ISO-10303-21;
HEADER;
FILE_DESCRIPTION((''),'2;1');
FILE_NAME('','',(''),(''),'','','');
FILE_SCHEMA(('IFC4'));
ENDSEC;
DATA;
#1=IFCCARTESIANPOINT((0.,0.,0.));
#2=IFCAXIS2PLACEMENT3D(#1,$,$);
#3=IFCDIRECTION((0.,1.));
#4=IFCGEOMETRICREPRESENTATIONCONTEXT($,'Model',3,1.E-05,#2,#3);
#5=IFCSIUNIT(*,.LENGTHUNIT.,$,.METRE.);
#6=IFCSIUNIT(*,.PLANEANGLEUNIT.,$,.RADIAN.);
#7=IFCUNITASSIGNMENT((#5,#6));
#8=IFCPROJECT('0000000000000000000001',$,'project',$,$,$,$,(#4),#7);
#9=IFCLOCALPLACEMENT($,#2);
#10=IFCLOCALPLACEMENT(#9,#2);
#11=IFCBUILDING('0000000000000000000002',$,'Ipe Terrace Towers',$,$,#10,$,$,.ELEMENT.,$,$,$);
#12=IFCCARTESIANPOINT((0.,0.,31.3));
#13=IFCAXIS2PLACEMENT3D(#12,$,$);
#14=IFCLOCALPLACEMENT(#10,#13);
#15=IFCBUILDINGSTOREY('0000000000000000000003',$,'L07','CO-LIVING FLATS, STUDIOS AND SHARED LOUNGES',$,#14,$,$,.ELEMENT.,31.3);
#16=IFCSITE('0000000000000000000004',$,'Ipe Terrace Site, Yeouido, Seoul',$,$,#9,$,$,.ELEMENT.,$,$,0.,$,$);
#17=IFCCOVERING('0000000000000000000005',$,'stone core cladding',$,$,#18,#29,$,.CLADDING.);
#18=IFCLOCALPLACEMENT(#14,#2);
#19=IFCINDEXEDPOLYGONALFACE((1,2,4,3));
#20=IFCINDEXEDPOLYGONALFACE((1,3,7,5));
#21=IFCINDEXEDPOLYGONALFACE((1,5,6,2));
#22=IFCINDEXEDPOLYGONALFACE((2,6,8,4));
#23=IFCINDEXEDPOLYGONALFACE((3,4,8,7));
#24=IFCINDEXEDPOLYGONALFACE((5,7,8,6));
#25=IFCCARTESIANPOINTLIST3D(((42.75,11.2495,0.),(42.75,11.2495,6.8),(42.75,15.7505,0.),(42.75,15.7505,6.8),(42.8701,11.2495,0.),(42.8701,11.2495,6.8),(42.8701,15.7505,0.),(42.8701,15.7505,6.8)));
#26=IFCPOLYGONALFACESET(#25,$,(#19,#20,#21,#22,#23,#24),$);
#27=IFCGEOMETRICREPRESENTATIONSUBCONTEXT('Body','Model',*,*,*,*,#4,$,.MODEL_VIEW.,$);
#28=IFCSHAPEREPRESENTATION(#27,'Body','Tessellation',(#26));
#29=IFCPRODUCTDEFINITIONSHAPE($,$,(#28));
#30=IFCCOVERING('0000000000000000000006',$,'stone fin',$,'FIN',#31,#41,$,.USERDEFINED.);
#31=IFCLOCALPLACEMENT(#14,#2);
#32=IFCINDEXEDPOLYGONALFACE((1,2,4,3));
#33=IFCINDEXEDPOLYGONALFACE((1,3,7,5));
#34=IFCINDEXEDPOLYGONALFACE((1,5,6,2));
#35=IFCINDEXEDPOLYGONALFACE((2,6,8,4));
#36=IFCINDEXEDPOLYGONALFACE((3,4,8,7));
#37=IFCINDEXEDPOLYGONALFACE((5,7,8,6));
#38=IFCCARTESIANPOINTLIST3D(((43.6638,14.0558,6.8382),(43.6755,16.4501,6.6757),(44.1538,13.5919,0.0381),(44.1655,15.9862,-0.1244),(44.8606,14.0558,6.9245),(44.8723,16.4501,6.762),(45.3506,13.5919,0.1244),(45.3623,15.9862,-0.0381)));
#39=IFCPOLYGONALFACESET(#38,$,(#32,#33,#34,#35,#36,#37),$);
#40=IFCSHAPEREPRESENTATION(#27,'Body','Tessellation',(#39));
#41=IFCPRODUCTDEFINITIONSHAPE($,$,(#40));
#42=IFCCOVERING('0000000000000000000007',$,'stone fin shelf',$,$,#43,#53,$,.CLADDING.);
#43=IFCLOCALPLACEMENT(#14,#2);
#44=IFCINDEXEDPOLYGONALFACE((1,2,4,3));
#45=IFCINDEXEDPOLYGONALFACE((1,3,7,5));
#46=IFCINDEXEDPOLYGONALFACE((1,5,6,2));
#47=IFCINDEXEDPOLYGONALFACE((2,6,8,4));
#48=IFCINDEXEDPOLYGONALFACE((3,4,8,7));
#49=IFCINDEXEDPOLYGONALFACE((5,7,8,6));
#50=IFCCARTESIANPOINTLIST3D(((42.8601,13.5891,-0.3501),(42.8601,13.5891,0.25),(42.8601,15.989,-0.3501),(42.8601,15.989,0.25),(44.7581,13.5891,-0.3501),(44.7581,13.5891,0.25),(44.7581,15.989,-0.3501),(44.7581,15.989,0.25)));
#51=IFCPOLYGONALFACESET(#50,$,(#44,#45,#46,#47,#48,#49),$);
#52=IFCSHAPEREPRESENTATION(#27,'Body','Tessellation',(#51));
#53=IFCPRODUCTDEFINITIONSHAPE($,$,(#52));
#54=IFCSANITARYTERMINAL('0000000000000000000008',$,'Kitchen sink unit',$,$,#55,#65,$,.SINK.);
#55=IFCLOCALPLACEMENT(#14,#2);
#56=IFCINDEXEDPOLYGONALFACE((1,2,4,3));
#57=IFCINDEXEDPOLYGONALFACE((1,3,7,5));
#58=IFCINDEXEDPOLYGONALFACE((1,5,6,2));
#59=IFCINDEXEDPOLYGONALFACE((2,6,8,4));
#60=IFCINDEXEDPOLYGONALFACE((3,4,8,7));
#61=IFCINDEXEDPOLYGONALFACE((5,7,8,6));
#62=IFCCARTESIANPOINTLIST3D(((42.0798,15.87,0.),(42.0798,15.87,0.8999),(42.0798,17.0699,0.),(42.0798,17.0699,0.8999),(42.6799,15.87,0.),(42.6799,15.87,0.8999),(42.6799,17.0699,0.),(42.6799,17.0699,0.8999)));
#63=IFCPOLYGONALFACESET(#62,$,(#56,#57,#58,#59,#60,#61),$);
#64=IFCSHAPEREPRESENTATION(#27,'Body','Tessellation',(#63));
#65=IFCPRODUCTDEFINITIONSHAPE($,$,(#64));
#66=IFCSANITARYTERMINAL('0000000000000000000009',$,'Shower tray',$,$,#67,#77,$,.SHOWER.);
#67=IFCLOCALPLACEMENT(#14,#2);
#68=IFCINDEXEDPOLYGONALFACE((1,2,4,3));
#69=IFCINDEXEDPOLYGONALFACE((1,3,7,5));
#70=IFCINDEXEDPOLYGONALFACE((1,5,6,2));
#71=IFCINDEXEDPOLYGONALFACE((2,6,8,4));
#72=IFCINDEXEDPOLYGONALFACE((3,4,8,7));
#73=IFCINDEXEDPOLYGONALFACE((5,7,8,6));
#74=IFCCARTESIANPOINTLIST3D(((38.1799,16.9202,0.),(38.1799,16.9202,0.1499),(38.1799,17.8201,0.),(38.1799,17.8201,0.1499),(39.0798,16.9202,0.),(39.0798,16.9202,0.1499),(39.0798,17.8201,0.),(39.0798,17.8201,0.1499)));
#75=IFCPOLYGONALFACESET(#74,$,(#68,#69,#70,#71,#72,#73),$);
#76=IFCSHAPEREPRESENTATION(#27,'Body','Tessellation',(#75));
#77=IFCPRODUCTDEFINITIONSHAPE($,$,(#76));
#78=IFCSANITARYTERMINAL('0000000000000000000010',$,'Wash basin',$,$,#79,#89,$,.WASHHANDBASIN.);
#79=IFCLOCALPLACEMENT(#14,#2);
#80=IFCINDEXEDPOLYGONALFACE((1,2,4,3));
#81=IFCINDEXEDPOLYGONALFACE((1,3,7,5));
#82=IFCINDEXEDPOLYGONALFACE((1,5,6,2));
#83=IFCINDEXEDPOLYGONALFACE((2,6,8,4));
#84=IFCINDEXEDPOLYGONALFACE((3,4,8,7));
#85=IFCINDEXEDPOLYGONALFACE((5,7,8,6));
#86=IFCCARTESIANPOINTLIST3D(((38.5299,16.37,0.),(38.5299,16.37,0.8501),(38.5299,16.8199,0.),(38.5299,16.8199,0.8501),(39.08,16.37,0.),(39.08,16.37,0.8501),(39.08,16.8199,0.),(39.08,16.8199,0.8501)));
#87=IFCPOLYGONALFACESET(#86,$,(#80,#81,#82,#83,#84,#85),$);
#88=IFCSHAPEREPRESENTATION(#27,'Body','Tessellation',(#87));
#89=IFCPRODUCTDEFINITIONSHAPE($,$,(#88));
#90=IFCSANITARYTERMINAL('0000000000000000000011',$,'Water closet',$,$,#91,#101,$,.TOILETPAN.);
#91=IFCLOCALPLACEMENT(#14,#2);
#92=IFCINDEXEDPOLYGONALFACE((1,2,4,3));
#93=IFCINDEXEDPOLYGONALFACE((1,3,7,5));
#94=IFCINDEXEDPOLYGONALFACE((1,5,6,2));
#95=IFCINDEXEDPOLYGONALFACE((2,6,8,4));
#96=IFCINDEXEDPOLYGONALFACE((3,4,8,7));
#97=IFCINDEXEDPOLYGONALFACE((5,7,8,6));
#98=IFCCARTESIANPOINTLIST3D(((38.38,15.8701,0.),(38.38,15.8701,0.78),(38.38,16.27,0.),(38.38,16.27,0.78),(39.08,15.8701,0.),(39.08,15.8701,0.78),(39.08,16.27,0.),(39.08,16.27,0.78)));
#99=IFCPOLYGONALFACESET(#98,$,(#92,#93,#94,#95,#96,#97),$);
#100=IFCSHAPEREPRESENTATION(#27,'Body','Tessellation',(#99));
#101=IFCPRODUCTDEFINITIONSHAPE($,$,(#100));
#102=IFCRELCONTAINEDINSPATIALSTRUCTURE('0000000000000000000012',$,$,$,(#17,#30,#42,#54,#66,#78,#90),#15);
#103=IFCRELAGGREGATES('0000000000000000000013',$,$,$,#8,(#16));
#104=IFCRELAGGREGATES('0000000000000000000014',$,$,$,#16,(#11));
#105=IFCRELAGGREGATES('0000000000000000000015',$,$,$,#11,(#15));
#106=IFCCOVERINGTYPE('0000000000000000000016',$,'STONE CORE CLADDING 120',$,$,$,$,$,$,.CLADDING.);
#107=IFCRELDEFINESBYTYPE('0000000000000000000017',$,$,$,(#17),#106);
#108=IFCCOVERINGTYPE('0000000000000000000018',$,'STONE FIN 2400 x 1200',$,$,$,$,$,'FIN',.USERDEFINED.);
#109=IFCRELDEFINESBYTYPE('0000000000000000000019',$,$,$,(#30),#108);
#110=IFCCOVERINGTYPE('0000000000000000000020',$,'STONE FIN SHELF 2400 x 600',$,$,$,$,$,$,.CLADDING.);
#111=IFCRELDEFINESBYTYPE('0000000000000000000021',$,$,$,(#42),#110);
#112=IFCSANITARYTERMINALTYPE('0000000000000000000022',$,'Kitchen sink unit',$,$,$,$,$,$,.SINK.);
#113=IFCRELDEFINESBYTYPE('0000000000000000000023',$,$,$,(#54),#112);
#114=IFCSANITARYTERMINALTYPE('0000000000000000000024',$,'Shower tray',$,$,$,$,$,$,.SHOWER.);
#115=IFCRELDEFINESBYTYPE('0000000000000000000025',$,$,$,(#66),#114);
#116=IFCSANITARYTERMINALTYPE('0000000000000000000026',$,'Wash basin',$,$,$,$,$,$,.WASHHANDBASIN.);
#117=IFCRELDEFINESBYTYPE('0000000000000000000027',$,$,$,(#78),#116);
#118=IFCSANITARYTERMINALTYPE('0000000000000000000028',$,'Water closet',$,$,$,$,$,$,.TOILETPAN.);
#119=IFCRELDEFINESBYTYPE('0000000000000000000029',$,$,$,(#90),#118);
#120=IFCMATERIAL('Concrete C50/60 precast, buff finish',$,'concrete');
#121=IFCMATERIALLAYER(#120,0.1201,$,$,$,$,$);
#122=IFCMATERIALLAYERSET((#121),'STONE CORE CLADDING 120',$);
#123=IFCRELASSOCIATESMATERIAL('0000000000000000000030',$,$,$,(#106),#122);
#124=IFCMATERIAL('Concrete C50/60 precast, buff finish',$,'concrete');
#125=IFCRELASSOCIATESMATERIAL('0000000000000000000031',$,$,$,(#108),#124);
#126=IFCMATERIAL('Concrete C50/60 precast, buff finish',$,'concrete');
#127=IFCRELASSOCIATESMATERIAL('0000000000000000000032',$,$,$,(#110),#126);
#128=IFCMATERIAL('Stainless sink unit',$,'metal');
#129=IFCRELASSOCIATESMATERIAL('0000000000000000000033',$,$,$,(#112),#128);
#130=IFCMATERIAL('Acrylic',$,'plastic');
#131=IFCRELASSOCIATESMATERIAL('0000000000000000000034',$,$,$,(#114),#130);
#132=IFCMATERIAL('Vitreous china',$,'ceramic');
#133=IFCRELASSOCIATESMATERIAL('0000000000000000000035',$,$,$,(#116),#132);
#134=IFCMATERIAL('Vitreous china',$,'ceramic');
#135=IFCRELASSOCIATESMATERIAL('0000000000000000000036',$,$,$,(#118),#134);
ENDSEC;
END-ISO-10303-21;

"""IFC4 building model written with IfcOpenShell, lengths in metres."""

from ifc_helpers import new_model, si_unit, direction, frame, origin, origin_2d, place, context, subcontext, project, spatial, rectangle, extrude, material, layer, layer_set, material_profile, profile_set, type_object, element, save


model = new_model("IFC4")

# Units and contexts
model_context = context("Model", 3, precision=1e-05, world=origin(), true_north=direction((0.0, 1.0)))
body_context = subcontext(model_context, "Body", "Model", "MODEL_VIEW")
ifc_project = project(units=[si_unit("LENGTHUNIT", "METRE"), si_unit("PLANEANGLEUNIT", "RADIAN")], contexts=[model_context])

# Site, building, storey
site_placement = place(None, origin())
site = spatial("IfcSite", under=ifc_project, at=site_placement, Name="Ipe Terrace Site, Yeouido, Seoul", CompositionType="ELEMENT", RefElevation=0.0)
building_placement = place(site_placement, origin())
building = spatial("IfcBuilding", under=site, at=building_placement, Name="Ipe Terrace Towers", CompositionType="ELEMENT")
storey_placement = place(building_placement, frame((0.0, 0.0, 31.3)))
storey = spatial("IfcBuildingStorey", under=building, at=storey_placement, Name="L07", Description="CO-LIVING FLATS, STUDIOS AND SHARED LOUNGES", CompositionType="ELEMENT", Elevation=31.3)

# Coverings
ifc_material_1 = material(Name="Concrete C50/60 precast, buff finish", Category="concrete")
ifc_layer_1 = layer(ifc_material_1, 0.1201)
ifc_layer_set_1 = layer_set([ifc_layer_1], Name="STONE CORE CLADDING 120")
covering_type_1 = type_object("IfcCoveringType", Name="STONE CORE CLADDING 120", PredefinedType="CLADDING", material=ifc_layer_set_1)
covering_1_placement = place(storey_placement, frame((42.8101, 13.5, 0.0), z_axis=(0.0, 0.0, 1.0), x_axis=(0.0, 1.0, 0.0)))
element("IfcCovering", 1, at=covering_1_placement, inside=storey, type_object=covering_type_1, Name="stone core cladding", PredefinedType="CLADDING", context=body_context, shape_type="SweptSolid", body=[
    extrude(rectangle(XDim=4.501, YDim=0.1201, at=origin_2d()), origin(), (0.0, 0.0, 1.0), 6.8),
])
ifc_material_2 = material(Name="Concrete C50/60 precast, buff finish", Category="concrete")
ifc_material_profile_1 = material_profile(ifc_material_2, rectangle(XDim=2.3999, YDim=1.2, at=origin_2d()), Name="STONE FIN 2400 x 1200")
ifc_profile_set_1 = profile_set([ifc_material_profile_1], Name="Concrete C50/60 precast, buff finish")
covering_type_2 = type_object("IfcCoveringType", Name="STONE FIN 2400 x 1200", ElementType="FIN", PredefinedType="USERDEFINED", material=ifc_profile_set_1)
covering_2_placement = place(storey_placement, frame((44.7581, 14.7891, 0.0), z_axis=(-0.071705, 0.067882, 0.995113), x_axis=(0.004879, 0.997693, -0.067706)))
element("IfcCovering", 2, at=covering_2_placement, inside=storey, type_object=covering_type_2, Name="stone fin", ObjectType="FIN", PredefinedType="USERDEFINED", context=body_context, shape_type="SweptSolid", body=[
    extrude(rectangle(XDim=2.3999, YDim=1.2, at=origin_2d()), origin(), (0.0, 0.0, 1.0), 6.8335),
])
ifc_material_3 = material(Name="Concrete C50/60 precast, buff finish", Category="concrete")
covering_type_3 = type_object("IfcCoveringType", Name="STONE FIN SHELF 2400 x 600", PredefinedType="CLADDING", material=ifc_material_3)
covering_3_placement = place(storey_placement, frame((43.8091, 14.7891, -0.3501), z_axis=(0.0, 0.0, 1.0), x_axis=(0.0, 1.0, 0.0)))
element("IfcCovering", 3, at=covering_3_placement, inside=storey, type_object=covering_type_3, Name="stone fin shelf", PredefinedType="CLADDING", context=body_context, shape_type="SweptSolid", body=[
    extrude(rectangle(XDim=2.3999, YDim=1.8979, at=origin_2d()), origin(), (0.0, 0.0, 1.0), 0.6001),
])

# Sanitary terminals
ifc_material_4 = material(Name="Stainless sink unit", Category="metal")
sanitary_terminal_type_1 = type_object("IfcSanitaryTerminalType", Name="Kitchen sink unit", PredefinedType="SINK", material=ifc_material_4)
sanitary_terminal_1_placement = place(storey_placement, frame((42.3799, 16.47, 0.0), z_axis=(0.0, 0.0, 1.0), x_axis=(0.0, -1.0, 0.0)))
element("IfcSanitaryTerminal", 4, at=sanitary_terminal_1_placement, inside=storey, type_object=sanitary_terminal_type_1, Name="Kitchen sink unit", PredefinedType="SINK", context=body_context, shape_type="SweptSolid", body=[
    extrude(rectangle(XDim=1.2, YDim=0.6001, at=origin_2d()), origin(), (0.0, 0.0, 1.0), 0.8999),
])
ifc_material_5 = material(Name="Acrylic", Category="plastic")
sanitary_terminal_type_2 = type_object("IfcSanitaryTerminalType", Name="Shower tray", PredefinedType="SHOWER", material=ifc_material_5)
sanitary_terminal_2_placement = place(storey_placement, frame((38.6299, 17.3701, 0.0), z_axis=(0.0, 0.0, 1.0), x_axis=(-1.0, 0.0, 0.0)))
element("IfcSanitaryTerminal", 5, at=sanitary_terminal_2_placement, inside=storey, type_object=sanitary_terminal_type_2, Name="Shower tray", PredefinedType="SHOWER", context=body_context, shape_type="SweptSolid", body=[
    extrude(rectangle(XDim=0.8999, YDim=0.8999, at=origin_2d()), origin(), (0.0, 0.0, 1.0), 0.1499),
])
ifc_material_6 = material(Name="Vitreous china", Category="ceramic")
sanitary_terminal_type_3 = type_object("IfcSanitaryTerminalType", Name="Wash basin", PredefinedType="WASHHANDBASIN", material=ifc_material_6)
sanitary_terminal_3_placement = place(storey_placement, frame((38.8049, 16.595, 0.0), z_axis=(0.0, 0.0, 1.0), x_axis=(-1.0, 0.0, 0.0)))
element("IfcSanitaryTerminal", 6, at=sanitary_terminal_3_placement, inside=storey, type_object=sanitary_terminal_type_3, Name="Wash basin", PredefinedType="WASHHANDBASIN", context=body_context, shape_type="SweptSolid", body=[
    extrude(rectangle(XDim=0.55, YDim=0.45, at=origin_2d()), origin(), (0.0, 0.0, 1.0), 0.8501),
])
ifc_material_7 = material(Name="Vitreous china", Category="ceramic")
sanitary_terminal_type_4 = type_object("IfcSanitaryTerminalType", Name="Water closet", PredefinedType="TOILETPAN", material=ifc_material_7)
sanitary_terminal_4_placement = place(storey_placement, frame((38.73, 16.0701, 0.0), z_axis=(0.0, 0.0, 1.0), x_axis=(-1.0, 0.0, 0.0)))
element("IfcSanitaryTerminal", 7, at=sanitary_terminal_4_placement, inside=storey, type_object=sanitary_terminal_type_4, Name="Water closet", PredefinedType="TOILETPAN", context=body_context, shape_type="SweptSolid", body=[
    extrude(rectangle(XDim=0.7, YDim=0.3999, at=origin_2d()), origin(), (0.0, 0.0, 1.0), 0.78),
])

save(model, "model.ifc")
